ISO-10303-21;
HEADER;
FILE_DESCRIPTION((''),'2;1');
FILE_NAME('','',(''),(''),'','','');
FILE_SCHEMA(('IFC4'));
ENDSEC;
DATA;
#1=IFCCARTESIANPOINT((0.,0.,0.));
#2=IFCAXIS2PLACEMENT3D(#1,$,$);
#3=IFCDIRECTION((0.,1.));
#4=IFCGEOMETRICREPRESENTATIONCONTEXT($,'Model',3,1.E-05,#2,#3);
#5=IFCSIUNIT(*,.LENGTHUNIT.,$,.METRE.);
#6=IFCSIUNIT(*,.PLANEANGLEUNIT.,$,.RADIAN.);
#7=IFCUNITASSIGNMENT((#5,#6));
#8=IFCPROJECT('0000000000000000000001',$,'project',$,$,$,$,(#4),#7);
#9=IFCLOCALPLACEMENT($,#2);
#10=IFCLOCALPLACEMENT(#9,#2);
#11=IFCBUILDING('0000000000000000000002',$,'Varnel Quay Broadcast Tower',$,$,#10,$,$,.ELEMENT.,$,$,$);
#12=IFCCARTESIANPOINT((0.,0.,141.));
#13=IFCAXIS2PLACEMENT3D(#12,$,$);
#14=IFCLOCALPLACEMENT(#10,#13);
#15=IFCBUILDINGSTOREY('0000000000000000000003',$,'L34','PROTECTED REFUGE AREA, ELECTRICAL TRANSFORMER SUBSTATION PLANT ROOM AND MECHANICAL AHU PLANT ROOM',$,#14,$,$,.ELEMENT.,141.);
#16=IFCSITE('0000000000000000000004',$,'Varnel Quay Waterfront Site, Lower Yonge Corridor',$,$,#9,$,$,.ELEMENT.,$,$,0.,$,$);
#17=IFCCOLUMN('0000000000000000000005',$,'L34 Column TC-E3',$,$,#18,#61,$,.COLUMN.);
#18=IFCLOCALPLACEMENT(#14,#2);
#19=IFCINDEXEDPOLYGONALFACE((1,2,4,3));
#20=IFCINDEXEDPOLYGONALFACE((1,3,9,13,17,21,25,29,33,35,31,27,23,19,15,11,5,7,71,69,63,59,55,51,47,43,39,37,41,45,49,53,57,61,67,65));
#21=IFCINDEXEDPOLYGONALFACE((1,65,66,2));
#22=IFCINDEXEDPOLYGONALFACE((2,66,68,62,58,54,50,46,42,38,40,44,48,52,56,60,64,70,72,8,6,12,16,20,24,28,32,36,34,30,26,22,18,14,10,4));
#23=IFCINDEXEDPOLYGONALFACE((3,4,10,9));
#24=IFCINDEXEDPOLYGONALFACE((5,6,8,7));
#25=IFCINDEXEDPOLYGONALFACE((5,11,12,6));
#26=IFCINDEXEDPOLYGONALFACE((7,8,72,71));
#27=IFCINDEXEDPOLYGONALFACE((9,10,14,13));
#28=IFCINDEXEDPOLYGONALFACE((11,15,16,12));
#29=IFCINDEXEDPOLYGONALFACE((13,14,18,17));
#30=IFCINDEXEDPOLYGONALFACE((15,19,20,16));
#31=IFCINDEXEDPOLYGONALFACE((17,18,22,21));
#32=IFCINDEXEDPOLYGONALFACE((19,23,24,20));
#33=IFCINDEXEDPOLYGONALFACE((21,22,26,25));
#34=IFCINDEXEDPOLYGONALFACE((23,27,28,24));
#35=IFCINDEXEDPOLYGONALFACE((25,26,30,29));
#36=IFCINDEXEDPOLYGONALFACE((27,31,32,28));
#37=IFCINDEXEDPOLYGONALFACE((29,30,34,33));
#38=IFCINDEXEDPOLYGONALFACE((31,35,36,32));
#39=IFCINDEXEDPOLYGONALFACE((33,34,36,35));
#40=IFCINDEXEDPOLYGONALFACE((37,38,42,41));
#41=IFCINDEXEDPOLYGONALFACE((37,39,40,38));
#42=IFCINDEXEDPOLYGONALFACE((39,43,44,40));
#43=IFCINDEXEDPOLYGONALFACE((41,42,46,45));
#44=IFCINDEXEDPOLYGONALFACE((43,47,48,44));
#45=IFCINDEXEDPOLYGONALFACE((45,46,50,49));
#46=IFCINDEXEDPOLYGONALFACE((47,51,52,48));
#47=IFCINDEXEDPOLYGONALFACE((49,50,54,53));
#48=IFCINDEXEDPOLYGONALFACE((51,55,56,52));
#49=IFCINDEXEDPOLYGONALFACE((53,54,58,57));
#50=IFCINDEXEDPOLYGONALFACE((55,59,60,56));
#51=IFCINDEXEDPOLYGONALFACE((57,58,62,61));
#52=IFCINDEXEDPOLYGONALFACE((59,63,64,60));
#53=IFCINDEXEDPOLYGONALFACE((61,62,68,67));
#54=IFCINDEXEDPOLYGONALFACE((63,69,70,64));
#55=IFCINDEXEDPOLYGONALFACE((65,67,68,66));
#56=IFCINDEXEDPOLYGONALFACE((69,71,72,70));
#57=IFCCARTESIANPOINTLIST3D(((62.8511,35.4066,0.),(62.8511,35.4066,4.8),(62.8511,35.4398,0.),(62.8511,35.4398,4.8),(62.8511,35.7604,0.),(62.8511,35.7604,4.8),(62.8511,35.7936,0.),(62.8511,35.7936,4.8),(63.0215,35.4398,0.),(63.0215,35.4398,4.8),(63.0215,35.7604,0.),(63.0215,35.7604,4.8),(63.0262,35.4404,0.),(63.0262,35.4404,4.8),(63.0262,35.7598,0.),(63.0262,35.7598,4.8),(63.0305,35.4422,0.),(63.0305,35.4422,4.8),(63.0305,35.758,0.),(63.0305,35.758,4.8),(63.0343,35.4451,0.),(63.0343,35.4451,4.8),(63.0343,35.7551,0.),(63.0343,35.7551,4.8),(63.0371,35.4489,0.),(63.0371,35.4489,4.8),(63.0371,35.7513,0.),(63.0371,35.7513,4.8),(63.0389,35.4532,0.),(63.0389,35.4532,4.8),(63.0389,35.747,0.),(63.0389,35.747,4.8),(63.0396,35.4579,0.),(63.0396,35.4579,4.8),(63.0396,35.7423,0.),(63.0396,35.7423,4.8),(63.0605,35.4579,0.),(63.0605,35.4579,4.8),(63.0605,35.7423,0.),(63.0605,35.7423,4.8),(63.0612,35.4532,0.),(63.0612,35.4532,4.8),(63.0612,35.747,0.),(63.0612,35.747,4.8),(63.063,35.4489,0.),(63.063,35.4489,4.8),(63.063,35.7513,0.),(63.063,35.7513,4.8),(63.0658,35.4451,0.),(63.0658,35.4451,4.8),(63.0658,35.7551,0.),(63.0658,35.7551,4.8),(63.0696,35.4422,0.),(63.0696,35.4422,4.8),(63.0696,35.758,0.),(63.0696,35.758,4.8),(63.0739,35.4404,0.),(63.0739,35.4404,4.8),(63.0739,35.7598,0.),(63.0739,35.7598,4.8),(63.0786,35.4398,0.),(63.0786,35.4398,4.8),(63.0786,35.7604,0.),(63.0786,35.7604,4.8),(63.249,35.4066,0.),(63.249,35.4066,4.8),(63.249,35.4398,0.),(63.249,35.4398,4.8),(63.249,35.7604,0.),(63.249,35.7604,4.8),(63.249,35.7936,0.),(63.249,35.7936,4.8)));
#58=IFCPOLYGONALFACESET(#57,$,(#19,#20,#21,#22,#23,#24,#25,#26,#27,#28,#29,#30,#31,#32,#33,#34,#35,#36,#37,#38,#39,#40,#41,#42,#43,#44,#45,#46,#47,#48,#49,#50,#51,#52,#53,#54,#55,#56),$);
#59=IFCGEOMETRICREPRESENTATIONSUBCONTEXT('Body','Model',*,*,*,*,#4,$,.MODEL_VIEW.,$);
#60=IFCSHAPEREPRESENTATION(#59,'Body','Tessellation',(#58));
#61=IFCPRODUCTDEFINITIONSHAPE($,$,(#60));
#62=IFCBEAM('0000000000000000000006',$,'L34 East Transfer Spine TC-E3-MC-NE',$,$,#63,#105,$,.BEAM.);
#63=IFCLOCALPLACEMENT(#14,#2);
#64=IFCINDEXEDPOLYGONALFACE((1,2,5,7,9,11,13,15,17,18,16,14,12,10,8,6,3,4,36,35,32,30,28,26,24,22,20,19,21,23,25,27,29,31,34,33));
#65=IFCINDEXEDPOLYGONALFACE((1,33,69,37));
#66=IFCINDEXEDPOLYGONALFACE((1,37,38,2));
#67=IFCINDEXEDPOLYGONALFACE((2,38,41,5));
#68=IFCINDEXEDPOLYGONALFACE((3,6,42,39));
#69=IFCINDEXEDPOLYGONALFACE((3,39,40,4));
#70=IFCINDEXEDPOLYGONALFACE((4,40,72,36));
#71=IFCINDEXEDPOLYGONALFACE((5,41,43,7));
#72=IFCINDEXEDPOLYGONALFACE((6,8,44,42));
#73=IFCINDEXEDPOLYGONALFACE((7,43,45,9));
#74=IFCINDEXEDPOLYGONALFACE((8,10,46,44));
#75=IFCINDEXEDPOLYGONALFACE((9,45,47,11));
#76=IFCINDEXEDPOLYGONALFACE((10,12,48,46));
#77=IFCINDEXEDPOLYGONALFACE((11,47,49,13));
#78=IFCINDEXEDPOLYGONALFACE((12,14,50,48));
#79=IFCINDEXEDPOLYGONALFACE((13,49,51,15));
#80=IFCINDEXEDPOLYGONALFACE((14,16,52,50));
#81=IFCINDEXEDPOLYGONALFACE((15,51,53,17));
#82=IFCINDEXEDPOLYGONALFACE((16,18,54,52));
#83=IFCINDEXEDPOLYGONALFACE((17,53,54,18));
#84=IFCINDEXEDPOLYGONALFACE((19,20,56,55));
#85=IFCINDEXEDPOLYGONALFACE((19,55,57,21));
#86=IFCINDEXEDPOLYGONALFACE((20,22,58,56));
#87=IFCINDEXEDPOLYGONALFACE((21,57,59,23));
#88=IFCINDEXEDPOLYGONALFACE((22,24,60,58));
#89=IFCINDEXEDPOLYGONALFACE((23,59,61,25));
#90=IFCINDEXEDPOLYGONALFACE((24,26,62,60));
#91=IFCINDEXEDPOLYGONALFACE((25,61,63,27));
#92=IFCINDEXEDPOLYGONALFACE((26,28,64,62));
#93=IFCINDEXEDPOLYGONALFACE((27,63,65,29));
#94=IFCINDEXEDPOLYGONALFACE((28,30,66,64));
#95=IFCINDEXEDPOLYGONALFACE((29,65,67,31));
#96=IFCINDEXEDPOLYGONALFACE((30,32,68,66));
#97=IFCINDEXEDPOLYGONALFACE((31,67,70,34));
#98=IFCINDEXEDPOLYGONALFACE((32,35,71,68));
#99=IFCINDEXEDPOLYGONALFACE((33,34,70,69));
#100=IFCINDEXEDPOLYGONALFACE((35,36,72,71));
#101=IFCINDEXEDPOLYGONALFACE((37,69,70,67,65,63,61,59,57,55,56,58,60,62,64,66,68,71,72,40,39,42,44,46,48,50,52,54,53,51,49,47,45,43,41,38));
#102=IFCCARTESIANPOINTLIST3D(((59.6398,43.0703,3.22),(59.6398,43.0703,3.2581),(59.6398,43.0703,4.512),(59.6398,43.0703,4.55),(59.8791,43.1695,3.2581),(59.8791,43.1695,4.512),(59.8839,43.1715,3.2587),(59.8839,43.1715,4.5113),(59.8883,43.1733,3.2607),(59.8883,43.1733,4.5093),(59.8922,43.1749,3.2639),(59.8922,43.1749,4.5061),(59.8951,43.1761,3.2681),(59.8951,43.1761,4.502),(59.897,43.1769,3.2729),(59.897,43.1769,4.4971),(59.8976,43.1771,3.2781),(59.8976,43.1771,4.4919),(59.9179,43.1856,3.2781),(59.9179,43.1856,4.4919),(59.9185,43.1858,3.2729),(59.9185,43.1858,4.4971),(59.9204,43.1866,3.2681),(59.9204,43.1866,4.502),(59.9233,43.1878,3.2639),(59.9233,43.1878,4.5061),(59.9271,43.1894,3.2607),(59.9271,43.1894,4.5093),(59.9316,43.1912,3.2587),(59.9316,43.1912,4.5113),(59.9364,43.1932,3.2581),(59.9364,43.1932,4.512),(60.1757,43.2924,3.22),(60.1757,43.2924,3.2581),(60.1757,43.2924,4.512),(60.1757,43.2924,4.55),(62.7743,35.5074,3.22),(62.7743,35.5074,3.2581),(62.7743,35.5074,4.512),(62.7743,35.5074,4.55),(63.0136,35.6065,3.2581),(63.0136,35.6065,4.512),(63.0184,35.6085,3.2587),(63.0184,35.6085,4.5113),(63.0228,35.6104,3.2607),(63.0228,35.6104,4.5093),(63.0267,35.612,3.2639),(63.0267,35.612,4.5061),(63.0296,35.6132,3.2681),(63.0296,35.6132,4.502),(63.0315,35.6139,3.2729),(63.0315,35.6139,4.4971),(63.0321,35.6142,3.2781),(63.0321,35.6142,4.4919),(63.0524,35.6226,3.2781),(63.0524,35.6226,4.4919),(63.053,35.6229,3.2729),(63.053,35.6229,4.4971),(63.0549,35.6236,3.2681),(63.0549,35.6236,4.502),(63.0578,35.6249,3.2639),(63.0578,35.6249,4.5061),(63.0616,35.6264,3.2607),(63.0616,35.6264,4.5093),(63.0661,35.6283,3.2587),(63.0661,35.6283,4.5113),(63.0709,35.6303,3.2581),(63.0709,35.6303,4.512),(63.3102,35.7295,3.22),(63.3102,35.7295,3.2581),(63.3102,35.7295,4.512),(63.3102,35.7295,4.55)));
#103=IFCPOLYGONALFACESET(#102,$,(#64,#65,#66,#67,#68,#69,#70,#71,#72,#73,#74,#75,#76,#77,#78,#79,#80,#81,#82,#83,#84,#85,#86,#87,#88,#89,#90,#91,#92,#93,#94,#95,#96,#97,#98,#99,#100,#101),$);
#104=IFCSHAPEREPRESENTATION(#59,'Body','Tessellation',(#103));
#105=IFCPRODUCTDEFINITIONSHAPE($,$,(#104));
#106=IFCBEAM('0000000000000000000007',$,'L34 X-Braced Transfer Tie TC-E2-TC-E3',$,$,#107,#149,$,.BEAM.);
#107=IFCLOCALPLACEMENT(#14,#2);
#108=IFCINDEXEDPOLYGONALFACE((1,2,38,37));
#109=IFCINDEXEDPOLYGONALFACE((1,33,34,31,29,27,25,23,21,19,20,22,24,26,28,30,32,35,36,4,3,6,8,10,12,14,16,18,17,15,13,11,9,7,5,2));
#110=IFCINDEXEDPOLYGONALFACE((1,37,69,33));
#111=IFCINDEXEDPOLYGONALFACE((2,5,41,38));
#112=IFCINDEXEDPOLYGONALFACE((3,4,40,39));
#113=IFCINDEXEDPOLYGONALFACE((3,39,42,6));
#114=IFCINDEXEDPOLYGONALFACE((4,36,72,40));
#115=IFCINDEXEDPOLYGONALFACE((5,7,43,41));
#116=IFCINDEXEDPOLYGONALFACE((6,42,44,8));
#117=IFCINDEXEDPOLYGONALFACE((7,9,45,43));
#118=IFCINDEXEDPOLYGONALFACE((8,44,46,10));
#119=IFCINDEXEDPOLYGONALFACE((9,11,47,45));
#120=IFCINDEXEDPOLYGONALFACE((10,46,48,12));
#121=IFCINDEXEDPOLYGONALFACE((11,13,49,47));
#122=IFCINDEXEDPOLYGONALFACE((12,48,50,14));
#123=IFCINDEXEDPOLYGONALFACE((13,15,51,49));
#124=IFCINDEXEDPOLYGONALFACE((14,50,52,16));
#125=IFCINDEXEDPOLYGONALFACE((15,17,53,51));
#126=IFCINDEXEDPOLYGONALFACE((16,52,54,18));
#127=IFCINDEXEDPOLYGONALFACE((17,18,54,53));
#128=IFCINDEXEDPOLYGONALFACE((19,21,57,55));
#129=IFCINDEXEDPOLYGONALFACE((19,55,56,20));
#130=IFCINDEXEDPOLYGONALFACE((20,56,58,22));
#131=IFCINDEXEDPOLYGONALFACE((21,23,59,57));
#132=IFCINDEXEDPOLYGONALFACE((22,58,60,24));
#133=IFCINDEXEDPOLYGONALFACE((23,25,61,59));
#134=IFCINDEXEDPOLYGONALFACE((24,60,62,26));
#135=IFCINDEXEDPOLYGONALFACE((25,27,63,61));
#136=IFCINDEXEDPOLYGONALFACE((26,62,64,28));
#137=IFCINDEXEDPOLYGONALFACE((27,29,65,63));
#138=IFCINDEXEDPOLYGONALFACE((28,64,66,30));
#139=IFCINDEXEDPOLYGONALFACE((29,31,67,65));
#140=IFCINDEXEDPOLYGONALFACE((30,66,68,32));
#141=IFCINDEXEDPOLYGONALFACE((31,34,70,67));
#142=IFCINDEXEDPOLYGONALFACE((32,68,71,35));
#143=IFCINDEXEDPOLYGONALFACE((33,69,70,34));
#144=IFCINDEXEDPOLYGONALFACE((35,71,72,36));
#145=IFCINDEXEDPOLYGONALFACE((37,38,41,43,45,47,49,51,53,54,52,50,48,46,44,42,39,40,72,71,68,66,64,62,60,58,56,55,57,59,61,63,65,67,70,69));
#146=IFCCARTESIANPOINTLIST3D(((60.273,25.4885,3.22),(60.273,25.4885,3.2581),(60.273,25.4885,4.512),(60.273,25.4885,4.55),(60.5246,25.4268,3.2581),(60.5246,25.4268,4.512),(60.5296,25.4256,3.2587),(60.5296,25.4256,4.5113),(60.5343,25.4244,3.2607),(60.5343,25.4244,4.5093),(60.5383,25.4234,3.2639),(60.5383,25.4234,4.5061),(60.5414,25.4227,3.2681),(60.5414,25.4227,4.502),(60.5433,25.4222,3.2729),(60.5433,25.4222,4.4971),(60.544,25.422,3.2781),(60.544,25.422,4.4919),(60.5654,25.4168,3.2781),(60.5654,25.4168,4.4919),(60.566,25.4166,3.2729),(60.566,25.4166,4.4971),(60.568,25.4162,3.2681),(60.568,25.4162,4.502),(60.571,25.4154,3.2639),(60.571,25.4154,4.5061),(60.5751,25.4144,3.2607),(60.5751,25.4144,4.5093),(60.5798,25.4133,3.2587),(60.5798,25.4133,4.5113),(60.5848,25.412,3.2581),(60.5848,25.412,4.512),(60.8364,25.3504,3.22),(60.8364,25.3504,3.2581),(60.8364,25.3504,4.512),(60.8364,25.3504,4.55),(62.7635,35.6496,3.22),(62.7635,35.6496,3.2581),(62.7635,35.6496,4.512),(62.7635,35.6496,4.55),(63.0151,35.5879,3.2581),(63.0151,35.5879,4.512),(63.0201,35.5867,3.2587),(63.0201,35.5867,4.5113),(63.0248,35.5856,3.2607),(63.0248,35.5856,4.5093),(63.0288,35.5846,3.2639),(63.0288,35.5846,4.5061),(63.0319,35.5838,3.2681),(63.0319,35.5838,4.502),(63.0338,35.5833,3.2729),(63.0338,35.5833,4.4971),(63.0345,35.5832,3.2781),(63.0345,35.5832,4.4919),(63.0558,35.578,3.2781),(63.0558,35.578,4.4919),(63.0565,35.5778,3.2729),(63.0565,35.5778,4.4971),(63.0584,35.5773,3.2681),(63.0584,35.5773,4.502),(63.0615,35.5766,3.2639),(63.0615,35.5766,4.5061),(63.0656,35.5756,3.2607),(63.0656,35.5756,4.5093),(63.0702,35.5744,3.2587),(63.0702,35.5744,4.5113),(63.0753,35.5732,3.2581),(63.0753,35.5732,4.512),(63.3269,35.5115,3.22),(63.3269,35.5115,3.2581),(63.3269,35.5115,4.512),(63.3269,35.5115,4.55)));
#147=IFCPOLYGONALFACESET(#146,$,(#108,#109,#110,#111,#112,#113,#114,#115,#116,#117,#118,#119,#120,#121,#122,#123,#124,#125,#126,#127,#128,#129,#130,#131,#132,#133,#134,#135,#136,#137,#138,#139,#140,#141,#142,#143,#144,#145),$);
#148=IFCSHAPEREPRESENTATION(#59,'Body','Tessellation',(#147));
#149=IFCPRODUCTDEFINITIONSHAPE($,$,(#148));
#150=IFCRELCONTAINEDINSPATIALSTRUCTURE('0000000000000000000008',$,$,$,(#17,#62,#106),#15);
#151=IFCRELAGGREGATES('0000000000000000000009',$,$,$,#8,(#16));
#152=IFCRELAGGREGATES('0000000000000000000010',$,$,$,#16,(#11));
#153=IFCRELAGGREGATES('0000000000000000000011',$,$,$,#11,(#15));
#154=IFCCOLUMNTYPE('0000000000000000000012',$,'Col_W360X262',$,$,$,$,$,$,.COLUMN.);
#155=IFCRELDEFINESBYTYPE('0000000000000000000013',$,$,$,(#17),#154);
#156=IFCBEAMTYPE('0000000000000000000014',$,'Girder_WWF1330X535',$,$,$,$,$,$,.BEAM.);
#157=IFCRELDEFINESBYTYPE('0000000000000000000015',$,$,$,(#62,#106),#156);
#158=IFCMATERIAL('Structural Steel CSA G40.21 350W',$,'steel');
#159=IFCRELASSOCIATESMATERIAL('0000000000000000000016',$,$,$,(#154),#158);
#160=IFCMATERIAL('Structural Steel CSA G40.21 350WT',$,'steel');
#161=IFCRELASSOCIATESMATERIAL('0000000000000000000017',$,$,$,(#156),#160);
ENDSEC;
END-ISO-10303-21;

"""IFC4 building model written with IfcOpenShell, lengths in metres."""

from ifc_helpers import new_model, si_unit, direction, frame, origin, origin_2d, place, context, subcontext, project, spatial, i_section, extrude, source, transform, mapped, material, material_profile, profile_set, type_object, type_shapes, element, save


model = new_model("IFC4")

# Units and contexts
model_context = context("Model", 3, precision=1e-05, world=origin(), true_north=direction((0.0, 1.0)))
body_context = subcontext(model_context, "Body", "Model", "MODEL_VIEW")
ifc_project = project(units=[si_unit("LENGTHUNIT", "METRE"), si_unit("PLANEANGLEUNIT", "RADIAN")], contexts=[model_context])

# Site, building, storey
site_placement = place(None, origin())
site = spatial("IfcSite", under=ifc_project, at=site_placement, Name="Varnel Quay Waterfront Site, Lower Yonge Corridor", CompositionType="ELEMENT", RefElevation=0.0)
building_placement = place(site_placement, origin())
building = spatial("IfcBuilding", under=site, at=building_placement, Name="Varnel Quay Broadcast Tower", CompositionType="ELEMENT")
storey_placement = place(building_placement, frame((0.0, 0.0, 141.0)))
storey = spatial("IfcBuildingStorey", under=building, at=storey_placement, Name="L34", Description="PROTECTED REFUGE AREA, ELECTRICAL TRANSFORMER SUBSTATION PLANT ROOM AND MECHANICAL AHU PLANT ROOM", CompositionType="ELEMENT", Elevation=141.0)

# Column
ifc_material_1 = material(Name="Structural Steel CSA G40.21 350W", Category="steel")
ifc_material_profile_1 = material_profile(ifc_material_1, i_section(OverallWidth=0.3979, OverallDepth=0.387, WebThickness=0.021, FlangeThickness=0.0332, FilletRadius=0.0181, at=origin_2d()), Name="W360X262")
ifc_profile_set_1 = profile_set([ifc_material_profile_1], Name="Structural Steel CSA G40.21 350W")
column_type = type_object("IfcColumnType", Name="Col_W360X262", PredefinedType="COLUMN", material=ifc_profile_set_1)
shared_shape_1 = source(origin(), body_context, "Body", "SweptSolid", [
    extrude(i_section(OverallWidth=0.3979, OverallDepth=0.387, WebThickness=0.021, FlangeThickness=0.0332, FilletRadius=0.0181, at=origin_2d()), origin(), (0.0, 0.0, 1.0), 4.8),
])
type_shapes(column_type, [shared_shape_1])
column_placement = place(storey_placement, frame((63.05, 35.6001, 0.0), z_axis=(0.0, 0.0, 1.0), x_axis=(1.0, 0.0, 0.0)))
element("IfcColumn", 1, at=column_placement, inside=storey, type_object=column_type, Name="L34 Column TC-E3", PredefinedType="COLUMN", context=body_context, shape_type="MappedRepresentation", body=[
    mapped(shared_shape_1, transform((0.0, 0.0, 0.0), x_axis=(1.0, 0.0, 0.0), y_axis=(0.0, 1.0, 0.0), z_axis=(0.0, 0.0, 1.0), scale=1.0)),
])

# Beams
ifc_material_2 = material(Name="Structural Steel CSA G40.21 350WT", Category="steel")
ifc_material_profile_2 = material_profile(ifc_material_2, i_section(OverallWidth=0.5801, OverallDepth=1.3301, WebThickness=0.022, FlangeThickness=0.0381, FilletRadius=0.02, at=origin_2d()), Name="WWF1330X535")
ifc_profile_set_2 = profile_set([ifc_material_profile_2], Name="Structural Steel CSA G40.21 350WT")
beam_type = type_object("IfcBeamType", Name="Girder_WWF1330X535", PredefinedType="BEAM", material=ifc_profile_set_2)
shared_shape_2 = source(origin(), body_context, "Body", "SweptSolid", [
    extrude(i_section(OverallWidth=0.5801, OverallDepth=1.3301, WebThickness=0.022, FlangeThickness=0.0381, FilletRadius=0.02, at=origin_2d()), origin(), (0.0, 0.0, 1.0), 8.1868),
])
beam_1_placement = place(storey_placement, frame((63.0422, 35.6184, 3.885), z_axis=(-0.382874, 0.923801, 0.0), x_axis=(-0.923801, -0.382874, 0.0)))
element("IfcBeam", 2, at=beam_1_placement, inside=storey, type_object=beam_type, Name="L34 East Transfer Spine TC-E3-MC-NE", PredefinedType="BEAM", context=body_context, shape_type="MappedRepresentation", body=[
    mapped(shared_shape_2, transform((0.0, 0.0, 0.0), x_axis=(1.0, 0.0, 0.0), y_axis=(0.0, 1.0, 0.0), z_axis=(0.0, 0.0, 1.0), scale=1.0)),
])
shared_shape_3 = source(origin(), body_context, "Body", "SweptSolid", [
    extrude(i_section(OverallWidth=0.5801, OverallDepth=1.3301, WebThickness=0.022, FlangeThickness=0.0381, FilletRadius=0.02, at=origin_2d()), origin(), (0.0, 0.0, 1.0), 10.4619),
])
beam_2_placement = place(storey_placement, frame((63.0452, 35.5806, 3.885), z_axis=(-0.238052, -0.971252, 0.0), x_axis=(0.971252, -0.238052, 0.0)))
element("IfcBeam", 3, at=beam_2_placement, inside=storey, type_object=beam_type, Name="L34 X-Braced Transfer Tie TC-E2-TC-E3", PredefinedType="BEAM", context=body_context, shape_type="MappedRepresentation", body=[
    mapped(shared_shape_3, transform((0.0, 0.0, 0.0), x_axis=(1.0, 0.0, 0.0), y_axis=(0.0, 1.0, 0.0), z_axis=(0.0, 0.0, 1.0), scale=1.0)),
])

save(model, "model.ifc")
